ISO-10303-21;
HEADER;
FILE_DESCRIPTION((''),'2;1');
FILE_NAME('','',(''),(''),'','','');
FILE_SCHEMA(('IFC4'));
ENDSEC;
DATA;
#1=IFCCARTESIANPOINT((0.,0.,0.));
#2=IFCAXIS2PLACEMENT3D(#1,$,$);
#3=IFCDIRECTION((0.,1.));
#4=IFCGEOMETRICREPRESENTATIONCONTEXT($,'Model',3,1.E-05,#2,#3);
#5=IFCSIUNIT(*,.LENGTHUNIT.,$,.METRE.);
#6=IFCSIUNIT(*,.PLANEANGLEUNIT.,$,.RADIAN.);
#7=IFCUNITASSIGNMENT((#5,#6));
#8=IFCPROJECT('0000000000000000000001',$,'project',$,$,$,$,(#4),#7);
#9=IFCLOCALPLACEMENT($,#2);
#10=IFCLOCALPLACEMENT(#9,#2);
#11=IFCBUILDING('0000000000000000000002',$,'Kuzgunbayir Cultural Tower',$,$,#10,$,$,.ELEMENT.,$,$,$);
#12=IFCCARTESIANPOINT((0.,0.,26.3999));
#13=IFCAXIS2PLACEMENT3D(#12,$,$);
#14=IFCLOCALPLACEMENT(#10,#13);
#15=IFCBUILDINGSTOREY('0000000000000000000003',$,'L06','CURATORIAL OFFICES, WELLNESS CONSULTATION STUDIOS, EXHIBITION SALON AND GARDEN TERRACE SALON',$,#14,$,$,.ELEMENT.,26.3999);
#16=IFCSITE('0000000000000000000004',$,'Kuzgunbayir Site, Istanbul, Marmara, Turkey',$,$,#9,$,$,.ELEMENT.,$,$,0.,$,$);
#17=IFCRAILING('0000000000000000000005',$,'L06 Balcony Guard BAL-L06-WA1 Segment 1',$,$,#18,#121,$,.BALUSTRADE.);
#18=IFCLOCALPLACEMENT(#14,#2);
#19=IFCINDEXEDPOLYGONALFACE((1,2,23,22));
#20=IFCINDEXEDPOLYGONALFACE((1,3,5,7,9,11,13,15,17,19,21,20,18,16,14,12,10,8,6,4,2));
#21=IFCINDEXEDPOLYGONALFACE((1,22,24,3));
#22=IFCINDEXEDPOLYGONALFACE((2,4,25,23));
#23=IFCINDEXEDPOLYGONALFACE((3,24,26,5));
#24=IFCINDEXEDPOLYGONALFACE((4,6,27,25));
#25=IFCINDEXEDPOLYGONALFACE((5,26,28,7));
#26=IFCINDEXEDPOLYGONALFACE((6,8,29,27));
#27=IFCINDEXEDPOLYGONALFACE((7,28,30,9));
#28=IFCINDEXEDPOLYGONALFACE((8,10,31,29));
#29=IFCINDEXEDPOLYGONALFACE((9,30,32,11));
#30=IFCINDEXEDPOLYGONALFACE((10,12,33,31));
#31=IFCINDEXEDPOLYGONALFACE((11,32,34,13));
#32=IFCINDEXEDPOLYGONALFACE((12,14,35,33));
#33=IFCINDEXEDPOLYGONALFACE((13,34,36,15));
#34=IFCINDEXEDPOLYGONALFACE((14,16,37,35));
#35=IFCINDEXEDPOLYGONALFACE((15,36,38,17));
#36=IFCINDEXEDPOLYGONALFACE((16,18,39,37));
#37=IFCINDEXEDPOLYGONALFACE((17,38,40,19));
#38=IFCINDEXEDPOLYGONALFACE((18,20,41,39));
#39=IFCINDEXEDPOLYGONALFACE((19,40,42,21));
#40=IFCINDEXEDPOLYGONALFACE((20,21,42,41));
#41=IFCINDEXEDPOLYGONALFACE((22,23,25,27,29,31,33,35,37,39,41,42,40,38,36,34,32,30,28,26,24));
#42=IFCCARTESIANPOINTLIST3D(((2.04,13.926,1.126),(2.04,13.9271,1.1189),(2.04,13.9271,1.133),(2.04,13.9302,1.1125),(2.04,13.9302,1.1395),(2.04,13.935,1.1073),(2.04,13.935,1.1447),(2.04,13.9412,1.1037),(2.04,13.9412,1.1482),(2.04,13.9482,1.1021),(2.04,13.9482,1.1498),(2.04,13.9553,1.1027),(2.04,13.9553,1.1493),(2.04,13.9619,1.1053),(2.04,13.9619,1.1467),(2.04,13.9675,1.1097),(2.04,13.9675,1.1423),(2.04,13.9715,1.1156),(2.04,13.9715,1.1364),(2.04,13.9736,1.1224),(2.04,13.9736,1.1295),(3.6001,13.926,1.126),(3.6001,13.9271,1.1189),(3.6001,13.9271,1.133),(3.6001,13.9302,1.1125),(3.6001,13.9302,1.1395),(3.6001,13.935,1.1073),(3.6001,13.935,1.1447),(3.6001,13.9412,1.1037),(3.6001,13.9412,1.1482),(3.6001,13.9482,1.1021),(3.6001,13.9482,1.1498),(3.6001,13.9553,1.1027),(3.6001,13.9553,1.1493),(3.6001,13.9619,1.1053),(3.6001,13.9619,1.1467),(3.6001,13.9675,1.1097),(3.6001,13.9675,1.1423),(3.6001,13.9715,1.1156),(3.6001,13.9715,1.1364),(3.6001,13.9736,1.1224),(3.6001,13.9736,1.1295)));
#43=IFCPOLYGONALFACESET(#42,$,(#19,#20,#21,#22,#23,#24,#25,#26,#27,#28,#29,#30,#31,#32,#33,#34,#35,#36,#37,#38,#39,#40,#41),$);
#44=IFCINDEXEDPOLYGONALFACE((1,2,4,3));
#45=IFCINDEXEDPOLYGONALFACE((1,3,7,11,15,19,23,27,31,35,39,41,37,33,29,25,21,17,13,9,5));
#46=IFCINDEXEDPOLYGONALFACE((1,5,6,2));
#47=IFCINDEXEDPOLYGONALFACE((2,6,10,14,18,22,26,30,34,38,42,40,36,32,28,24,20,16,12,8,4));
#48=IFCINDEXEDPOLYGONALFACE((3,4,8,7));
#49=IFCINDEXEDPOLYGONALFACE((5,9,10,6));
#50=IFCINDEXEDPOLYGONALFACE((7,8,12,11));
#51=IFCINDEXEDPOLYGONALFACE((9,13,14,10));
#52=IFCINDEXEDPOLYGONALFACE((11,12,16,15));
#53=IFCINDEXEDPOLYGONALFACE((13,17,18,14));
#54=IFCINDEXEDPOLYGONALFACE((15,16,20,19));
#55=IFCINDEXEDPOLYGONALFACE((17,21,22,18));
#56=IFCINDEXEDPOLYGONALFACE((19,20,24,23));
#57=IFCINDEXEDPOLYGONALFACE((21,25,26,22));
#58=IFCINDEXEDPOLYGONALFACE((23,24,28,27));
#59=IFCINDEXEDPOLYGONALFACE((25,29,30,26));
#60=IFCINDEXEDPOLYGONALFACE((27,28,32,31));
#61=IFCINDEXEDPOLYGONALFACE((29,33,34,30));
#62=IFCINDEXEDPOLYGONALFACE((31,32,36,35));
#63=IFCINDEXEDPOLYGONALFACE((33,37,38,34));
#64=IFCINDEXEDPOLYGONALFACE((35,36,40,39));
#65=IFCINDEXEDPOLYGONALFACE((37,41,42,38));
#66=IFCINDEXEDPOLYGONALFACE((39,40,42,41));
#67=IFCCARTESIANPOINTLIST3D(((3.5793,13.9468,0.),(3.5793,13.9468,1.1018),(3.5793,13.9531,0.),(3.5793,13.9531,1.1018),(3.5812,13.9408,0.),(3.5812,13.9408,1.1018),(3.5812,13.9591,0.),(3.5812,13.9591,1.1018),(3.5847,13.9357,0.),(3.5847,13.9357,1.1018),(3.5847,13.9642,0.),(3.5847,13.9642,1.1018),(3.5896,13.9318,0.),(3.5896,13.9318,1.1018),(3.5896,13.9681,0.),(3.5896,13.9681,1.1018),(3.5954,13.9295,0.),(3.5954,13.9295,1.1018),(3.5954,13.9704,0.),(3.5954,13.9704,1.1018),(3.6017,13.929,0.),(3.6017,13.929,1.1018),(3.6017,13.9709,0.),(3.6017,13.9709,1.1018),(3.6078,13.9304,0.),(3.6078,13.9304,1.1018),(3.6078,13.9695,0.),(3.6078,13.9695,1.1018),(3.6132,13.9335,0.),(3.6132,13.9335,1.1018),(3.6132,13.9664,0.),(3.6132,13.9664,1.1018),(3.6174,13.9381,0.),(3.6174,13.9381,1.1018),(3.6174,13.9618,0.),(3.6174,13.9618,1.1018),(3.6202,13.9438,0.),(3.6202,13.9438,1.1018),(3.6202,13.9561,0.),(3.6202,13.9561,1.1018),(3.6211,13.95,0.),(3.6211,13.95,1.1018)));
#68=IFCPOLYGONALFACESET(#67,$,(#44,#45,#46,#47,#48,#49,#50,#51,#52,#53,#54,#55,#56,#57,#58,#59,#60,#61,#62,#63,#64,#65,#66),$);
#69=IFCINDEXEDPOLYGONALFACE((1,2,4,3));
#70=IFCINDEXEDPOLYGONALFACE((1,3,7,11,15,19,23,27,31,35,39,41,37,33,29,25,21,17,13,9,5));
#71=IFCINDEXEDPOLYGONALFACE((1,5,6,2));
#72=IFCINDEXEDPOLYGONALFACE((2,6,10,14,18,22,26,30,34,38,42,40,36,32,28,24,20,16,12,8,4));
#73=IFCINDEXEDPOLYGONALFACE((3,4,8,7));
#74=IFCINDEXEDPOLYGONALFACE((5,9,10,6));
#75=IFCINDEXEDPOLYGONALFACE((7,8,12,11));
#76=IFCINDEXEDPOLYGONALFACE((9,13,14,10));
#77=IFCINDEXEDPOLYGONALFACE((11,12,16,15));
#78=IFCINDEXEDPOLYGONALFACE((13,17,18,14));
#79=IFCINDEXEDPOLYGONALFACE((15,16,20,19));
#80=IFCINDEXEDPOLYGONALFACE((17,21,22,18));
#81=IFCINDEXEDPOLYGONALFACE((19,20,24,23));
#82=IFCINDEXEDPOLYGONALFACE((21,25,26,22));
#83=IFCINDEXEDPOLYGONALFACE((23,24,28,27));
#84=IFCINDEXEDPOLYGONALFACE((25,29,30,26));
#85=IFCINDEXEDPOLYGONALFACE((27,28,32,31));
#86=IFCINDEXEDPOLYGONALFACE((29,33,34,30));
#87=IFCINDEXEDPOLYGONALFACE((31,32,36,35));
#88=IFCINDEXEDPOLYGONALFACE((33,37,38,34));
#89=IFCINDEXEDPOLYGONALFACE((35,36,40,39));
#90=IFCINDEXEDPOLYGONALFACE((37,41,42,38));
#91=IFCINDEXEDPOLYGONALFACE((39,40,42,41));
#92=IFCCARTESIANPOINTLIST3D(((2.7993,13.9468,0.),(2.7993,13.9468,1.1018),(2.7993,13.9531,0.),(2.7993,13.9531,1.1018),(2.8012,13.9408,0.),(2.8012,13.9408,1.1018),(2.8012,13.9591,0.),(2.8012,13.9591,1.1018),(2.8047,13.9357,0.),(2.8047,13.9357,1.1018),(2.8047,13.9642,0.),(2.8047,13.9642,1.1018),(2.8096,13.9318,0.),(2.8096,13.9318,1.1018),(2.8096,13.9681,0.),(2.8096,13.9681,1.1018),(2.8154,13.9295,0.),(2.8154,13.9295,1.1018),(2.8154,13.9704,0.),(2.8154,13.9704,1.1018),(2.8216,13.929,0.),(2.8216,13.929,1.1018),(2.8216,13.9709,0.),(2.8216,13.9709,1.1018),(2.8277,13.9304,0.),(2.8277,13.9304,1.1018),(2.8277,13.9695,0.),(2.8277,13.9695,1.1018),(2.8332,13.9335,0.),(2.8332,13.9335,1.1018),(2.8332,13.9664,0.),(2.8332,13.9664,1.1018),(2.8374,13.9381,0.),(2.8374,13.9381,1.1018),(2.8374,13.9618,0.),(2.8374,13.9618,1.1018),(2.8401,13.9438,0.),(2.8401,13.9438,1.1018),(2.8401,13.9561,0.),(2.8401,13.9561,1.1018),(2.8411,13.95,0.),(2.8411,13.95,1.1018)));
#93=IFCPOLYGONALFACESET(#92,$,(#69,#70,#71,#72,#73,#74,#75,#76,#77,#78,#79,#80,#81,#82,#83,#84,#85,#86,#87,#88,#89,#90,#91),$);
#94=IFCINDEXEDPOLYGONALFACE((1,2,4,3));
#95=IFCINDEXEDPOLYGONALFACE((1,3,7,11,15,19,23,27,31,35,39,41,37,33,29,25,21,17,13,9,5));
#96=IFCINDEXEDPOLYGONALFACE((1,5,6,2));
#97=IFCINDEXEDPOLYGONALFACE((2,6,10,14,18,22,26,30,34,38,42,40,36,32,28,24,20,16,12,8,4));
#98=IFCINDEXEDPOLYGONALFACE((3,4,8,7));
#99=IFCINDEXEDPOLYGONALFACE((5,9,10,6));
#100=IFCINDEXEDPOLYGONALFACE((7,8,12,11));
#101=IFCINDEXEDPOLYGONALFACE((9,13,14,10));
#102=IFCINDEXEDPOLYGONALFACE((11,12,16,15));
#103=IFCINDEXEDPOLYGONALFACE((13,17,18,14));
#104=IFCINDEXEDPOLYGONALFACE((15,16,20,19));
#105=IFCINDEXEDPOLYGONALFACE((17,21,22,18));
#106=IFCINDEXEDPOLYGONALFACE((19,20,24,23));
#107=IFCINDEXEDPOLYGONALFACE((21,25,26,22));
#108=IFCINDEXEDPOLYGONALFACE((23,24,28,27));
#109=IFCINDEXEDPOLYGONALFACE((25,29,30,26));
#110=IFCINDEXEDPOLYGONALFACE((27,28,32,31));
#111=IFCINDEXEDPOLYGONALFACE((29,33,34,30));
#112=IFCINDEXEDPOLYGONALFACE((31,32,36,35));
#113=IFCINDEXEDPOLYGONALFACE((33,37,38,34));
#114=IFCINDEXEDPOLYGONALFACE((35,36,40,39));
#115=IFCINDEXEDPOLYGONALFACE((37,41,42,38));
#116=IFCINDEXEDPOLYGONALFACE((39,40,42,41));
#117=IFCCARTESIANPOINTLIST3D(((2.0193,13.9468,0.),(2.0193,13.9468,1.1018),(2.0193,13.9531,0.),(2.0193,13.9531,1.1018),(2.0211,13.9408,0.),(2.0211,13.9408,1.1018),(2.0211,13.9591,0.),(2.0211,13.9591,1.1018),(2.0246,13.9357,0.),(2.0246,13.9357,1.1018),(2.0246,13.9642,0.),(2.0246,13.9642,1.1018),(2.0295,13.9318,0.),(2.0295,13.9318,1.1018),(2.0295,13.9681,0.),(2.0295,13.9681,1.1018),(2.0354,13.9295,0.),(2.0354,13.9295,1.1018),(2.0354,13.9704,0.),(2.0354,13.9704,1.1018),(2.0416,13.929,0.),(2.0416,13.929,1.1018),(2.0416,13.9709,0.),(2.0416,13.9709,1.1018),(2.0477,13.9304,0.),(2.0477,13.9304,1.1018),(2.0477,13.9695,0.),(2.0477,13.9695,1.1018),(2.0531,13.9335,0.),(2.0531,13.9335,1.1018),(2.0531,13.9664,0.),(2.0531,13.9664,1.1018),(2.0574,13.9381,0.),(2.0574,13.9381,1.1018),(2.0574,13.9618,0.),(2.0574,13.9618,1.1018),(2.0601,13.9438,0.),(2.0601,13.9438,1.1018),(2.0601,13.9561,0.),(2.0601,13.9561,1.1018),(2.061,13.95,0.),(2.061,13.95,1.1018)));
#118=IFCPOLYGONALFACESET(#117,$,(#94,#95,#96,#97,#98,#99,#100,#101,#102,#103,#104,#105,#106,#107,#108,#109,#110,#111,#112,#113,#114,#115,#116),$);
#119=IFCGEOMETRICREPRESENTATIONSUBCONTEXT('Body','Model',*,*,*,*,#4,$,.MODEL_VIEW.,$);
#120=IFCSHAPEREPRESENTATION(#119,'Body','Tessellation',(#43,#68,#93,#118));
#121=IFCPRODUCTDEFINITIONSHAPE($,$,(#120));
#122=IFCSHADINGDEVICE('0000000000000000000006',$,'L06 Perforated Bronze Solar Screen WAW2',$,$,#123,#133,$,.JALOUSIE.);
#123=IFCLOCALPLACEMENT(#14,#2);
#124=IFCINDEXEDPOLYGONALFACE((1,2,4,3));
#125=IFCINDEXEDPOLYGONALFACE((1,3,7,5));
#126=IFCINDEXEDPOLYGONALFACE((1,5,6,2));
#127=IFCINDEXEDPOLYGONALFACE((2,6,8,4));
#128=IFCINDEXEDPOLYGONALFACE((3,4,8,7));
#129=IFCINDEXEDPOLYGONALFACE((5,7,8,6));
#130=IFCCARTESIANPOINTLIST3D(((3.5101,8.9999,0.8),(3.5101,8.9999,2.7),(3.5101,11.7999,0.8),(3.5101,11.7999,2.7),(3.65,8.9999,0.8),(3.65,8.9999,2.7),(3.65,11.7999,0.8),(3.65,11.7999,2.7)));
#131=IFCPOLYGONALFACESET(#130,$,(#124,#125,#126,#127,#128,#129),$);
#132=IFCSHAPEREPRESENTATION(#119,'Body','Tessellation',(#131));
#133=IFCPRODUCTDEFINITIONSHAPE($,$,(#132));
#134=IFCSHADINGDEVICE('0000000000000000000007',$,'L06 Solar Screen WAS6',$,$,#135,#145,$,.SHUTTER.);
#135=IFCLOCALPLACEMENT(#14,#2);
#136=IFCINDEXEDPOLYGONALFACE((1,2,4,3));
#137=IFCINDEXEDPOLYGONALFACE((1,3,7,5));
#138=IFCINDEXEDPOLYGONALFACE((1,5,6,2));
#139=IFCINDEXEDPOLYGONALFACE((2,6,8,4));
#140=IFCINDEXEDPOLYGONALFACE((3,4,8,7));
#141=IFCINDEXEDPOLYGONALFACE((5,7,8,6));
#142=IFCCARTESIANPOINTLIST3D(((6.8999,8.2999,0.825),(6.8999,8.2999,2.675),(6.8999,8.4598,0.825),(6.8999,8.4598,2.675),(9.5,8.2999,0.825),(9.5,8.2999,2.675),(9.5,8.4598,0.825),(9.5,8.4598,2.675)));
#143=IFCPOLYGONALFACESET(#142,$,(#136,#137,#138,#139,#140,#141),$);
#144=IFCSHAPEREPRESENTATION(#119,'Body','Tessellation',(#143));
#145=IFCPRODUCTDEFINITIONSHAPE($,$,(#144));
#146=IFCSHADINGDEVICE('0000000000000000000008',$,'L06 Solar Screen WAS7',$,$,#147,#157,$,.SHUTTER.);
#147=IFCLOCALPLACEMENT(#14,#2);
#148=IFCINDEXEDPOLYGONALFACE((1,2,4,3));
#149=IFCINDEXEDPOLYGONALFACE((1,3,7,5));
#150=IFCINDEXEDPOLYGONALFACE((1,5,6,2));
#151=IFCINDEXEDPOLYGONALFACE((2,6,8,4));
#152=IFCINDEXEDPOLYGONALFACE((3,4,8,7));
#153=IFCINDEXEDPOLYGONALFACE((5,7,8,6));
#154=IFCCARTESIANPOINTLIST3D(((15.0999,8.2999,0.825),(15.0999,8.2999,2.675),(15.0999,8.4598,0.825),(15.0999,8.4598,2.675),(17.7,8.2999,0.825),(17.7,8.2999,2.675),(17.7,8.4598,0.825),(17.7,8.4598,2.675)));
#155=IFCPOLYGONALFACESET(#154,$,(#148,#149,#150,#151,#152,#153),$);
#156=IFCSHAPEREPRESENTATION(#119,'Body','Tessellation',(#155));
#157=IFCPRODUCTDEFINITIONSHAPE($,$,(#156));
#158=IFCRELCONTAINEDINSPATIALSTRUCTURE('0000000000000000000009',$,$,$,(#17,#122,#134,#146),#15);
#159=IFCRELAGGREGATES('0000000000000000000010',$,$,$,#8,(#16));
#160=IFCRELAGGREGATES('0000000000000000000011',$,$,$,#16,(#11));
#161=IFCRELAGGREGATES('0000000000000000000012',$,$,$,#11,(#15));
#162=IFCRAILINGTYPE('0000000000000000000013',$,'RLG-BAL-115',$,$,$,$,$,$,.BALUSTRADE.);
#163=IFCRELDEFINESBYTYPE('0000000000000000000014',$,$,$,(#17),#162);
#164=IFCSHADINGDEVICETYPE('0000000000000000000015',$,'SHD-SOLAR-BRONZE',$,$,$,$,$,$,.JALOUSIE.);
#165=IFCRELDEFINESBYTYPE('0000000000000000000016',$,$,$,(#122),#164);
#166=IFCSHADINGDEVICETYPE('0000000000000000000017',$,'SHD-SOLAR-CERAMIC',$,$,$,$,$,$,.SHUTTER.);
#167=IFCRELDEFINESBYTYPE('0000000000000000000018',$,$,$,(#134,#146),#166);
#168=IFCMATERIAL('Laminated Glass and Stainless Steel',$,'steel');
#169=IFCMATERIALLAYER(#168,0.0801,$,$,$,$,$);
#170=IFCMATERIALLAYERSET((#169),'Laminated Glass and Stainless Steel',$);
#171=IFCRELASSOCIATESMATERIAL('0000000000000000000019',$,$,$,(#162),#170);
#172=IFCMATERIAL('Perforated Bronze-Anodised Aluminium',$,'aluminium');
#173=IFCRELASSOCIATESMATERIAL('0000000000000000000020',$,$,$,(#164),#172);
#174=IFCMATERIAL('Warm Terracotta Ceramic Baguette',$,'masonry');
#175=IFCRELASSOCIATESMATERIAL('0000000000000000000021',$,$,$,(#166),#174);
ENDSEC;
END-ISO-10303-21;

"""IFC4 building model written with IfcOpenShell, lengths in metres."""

from ifc_helpers import new_model, si_unit, direction, frame, origin, origin_2d, place, context, subcontext, project, spatial, rectangle, circle, extrude, material, layer, layer_set, type_object, element, save


model = new_model("IFC4")

# Units and contexts
model_context = context("Model", 3, precision=1e-05, world=origin(), true_north=direction((0.0, 1.0)))
body_context = subcontext(model_context, "Body", "Model", "MODEL_VIEW")
ifc_project = project(units=[si_unit("LENGTHUNIT", "METRE"), si_unit("PLANEANGLEUNIT", "RADIAN")], contexts=[model_context])

# Site, building, storey
site_placement = place(None, origin())
site = spatial("IfcSite", under=ifc_project, at=site_placement, Name="Kuzgunbayir Site, Istanbul, Marmara, Turkey", CompositionType="ELEMENT", RefElevation=0.0)
building_placement = place(site_placement, origin())
building = spatial("IfcBuilding", under=site, at=building_placement, Name="Kuzgunbayir Cultural Tower", CompositionType="ELEMENT")
storey_placement = place(building_placement, frame((0.0, 0.0, 26.3999)))
storey = spatial("IfcBuildingStorey", under=building, at=storey_placement, Name="L06", Description="CURATORIAL OFFICES, WELLNESS CONSULTATION STUDIOS, EXHIBITION SALON AND GARDEN TERRACE SALON", CompositionType="ELEMENT", Elevation=26.3999)

# Railing
ifc_material_1 = material(Name="Laminated Glass and Stainless Steel", Category="steel")
ifc_layer_1 = layer(ifc_material_1, 0.0801)
ifc_layer_set_1 = layer_set([ifc_layer_1], Name="Laminated Glass and Stainless Steel")
railing_type = type_object("IfcRailingType", Name="RLG-BAL-115", PredefinedType="BALUSTRADE", material=ifc_layer_set_1)
railing_1_placement = place(storey_placement, frame((3.6001, 13.95, 0.0)))
element("IfcRailing", 1, at=railing_1_placement, inside=storey, type_object=railing_type, Name="L06 Balcony Guard BAL-L06-WA1 Segment 1", PredefinedType="BALUSTRADE", context=body_context, shape_type="SweptSolid", body=[
    extrude(circle(Radius=0.0239, at=origin_2d()), frame((0.0, 0.0, 1.126), z_axis=(-1.0, 0.0, 0.0), x_axis=(0.0, -1.0, 0.0)), (0.0, 0.0, 1.0), 1.5601),
    extrude(circle(Radius=0.021, at=origin_2d()), origin(), (0.0, 0.0, 1.0), 1.1018),
    extrude(circle(Radius=0.021, at=origin_2d()), frame((-0.78, 0.0, 0.0)), (0.0, 0.0, 1.0), 1.1018),
    extrude(circle(Radius=0.021, at=origin_2d()), frame((-1.5601, 0.0, 0.0)), (0.0, 0.0, 1.0), 1.1018),
])

# Shading devices
ifc_material_2 = material(Name="Perforated Bronze-Anodised Aluminium", Category="aluminium")
shading_device_type_1 = type_object("IfcShadingDeviceType", Name="SHD-SOLAR-BRONZE", PredefinedType="JALOUSIE", material=ifc_material_2)
shading_device_placement = place(storey_placement, frame((3.5801, 10.3999, 0.8), z_axis=(0.0, 0.0, 1.0), x_axis=(1.0, 0.0, 0.0)))
element("IfcShadingDevice", 2, at=shading_device_placement, inside=storey, type_object=shading_device_type_1, Name="L06 Perforated Bronze Solar Screen WAW2", PredefinedType="JALOUSIE", context=body_context, shape_type="SweptSolid", body=[
    extrude(rectangle(XDim=0.1399, YDim=2.8, at=origin_2d()), origin(), (0.0, 0.0, 1.0), 1.8999),
])
ifc_material_3 = material(Name="Warm Terracotta Ceramic Baguette", Category="masonry")
shading_device_type_2 = type_object("IfcShadingDeviceType", Name="SHD-SOLAR-CERAMIC", PredefinedType="SHUTTER", material=ifc_material_3)
for number, where, z_axis, x_axis, name in (
    (3, (8.2, 8.3799, 0.825), (0.0, 0.0, 1.0), (1.0, 0.0, 0.0), "L06 Solar Screen WAS6"),
    (4, (16.3999, 8.3799, 0.825), (0.0, 0.0, 1.0), (1.0, 0.0, 0.0), "L06 Solar Screen WAS7"),
):
    element("IfcShadingDevice", number, at=place(storey_placement, frame(where, z_axis=z_axis, x_axis=x_axis)), inside=storey, type_object=shading_device_type_2, Name=name, PredefinedType="SHUTTER", context=body_context, shape_type="SweptSolid", body=[
        extrude(rectangle(XDim=2.6001, YDim=0.1599, at=origin_2d()), origin(), (0.0, 0.0, 1.0), 1.8501),
    ])

save(model, "model.ifc")
